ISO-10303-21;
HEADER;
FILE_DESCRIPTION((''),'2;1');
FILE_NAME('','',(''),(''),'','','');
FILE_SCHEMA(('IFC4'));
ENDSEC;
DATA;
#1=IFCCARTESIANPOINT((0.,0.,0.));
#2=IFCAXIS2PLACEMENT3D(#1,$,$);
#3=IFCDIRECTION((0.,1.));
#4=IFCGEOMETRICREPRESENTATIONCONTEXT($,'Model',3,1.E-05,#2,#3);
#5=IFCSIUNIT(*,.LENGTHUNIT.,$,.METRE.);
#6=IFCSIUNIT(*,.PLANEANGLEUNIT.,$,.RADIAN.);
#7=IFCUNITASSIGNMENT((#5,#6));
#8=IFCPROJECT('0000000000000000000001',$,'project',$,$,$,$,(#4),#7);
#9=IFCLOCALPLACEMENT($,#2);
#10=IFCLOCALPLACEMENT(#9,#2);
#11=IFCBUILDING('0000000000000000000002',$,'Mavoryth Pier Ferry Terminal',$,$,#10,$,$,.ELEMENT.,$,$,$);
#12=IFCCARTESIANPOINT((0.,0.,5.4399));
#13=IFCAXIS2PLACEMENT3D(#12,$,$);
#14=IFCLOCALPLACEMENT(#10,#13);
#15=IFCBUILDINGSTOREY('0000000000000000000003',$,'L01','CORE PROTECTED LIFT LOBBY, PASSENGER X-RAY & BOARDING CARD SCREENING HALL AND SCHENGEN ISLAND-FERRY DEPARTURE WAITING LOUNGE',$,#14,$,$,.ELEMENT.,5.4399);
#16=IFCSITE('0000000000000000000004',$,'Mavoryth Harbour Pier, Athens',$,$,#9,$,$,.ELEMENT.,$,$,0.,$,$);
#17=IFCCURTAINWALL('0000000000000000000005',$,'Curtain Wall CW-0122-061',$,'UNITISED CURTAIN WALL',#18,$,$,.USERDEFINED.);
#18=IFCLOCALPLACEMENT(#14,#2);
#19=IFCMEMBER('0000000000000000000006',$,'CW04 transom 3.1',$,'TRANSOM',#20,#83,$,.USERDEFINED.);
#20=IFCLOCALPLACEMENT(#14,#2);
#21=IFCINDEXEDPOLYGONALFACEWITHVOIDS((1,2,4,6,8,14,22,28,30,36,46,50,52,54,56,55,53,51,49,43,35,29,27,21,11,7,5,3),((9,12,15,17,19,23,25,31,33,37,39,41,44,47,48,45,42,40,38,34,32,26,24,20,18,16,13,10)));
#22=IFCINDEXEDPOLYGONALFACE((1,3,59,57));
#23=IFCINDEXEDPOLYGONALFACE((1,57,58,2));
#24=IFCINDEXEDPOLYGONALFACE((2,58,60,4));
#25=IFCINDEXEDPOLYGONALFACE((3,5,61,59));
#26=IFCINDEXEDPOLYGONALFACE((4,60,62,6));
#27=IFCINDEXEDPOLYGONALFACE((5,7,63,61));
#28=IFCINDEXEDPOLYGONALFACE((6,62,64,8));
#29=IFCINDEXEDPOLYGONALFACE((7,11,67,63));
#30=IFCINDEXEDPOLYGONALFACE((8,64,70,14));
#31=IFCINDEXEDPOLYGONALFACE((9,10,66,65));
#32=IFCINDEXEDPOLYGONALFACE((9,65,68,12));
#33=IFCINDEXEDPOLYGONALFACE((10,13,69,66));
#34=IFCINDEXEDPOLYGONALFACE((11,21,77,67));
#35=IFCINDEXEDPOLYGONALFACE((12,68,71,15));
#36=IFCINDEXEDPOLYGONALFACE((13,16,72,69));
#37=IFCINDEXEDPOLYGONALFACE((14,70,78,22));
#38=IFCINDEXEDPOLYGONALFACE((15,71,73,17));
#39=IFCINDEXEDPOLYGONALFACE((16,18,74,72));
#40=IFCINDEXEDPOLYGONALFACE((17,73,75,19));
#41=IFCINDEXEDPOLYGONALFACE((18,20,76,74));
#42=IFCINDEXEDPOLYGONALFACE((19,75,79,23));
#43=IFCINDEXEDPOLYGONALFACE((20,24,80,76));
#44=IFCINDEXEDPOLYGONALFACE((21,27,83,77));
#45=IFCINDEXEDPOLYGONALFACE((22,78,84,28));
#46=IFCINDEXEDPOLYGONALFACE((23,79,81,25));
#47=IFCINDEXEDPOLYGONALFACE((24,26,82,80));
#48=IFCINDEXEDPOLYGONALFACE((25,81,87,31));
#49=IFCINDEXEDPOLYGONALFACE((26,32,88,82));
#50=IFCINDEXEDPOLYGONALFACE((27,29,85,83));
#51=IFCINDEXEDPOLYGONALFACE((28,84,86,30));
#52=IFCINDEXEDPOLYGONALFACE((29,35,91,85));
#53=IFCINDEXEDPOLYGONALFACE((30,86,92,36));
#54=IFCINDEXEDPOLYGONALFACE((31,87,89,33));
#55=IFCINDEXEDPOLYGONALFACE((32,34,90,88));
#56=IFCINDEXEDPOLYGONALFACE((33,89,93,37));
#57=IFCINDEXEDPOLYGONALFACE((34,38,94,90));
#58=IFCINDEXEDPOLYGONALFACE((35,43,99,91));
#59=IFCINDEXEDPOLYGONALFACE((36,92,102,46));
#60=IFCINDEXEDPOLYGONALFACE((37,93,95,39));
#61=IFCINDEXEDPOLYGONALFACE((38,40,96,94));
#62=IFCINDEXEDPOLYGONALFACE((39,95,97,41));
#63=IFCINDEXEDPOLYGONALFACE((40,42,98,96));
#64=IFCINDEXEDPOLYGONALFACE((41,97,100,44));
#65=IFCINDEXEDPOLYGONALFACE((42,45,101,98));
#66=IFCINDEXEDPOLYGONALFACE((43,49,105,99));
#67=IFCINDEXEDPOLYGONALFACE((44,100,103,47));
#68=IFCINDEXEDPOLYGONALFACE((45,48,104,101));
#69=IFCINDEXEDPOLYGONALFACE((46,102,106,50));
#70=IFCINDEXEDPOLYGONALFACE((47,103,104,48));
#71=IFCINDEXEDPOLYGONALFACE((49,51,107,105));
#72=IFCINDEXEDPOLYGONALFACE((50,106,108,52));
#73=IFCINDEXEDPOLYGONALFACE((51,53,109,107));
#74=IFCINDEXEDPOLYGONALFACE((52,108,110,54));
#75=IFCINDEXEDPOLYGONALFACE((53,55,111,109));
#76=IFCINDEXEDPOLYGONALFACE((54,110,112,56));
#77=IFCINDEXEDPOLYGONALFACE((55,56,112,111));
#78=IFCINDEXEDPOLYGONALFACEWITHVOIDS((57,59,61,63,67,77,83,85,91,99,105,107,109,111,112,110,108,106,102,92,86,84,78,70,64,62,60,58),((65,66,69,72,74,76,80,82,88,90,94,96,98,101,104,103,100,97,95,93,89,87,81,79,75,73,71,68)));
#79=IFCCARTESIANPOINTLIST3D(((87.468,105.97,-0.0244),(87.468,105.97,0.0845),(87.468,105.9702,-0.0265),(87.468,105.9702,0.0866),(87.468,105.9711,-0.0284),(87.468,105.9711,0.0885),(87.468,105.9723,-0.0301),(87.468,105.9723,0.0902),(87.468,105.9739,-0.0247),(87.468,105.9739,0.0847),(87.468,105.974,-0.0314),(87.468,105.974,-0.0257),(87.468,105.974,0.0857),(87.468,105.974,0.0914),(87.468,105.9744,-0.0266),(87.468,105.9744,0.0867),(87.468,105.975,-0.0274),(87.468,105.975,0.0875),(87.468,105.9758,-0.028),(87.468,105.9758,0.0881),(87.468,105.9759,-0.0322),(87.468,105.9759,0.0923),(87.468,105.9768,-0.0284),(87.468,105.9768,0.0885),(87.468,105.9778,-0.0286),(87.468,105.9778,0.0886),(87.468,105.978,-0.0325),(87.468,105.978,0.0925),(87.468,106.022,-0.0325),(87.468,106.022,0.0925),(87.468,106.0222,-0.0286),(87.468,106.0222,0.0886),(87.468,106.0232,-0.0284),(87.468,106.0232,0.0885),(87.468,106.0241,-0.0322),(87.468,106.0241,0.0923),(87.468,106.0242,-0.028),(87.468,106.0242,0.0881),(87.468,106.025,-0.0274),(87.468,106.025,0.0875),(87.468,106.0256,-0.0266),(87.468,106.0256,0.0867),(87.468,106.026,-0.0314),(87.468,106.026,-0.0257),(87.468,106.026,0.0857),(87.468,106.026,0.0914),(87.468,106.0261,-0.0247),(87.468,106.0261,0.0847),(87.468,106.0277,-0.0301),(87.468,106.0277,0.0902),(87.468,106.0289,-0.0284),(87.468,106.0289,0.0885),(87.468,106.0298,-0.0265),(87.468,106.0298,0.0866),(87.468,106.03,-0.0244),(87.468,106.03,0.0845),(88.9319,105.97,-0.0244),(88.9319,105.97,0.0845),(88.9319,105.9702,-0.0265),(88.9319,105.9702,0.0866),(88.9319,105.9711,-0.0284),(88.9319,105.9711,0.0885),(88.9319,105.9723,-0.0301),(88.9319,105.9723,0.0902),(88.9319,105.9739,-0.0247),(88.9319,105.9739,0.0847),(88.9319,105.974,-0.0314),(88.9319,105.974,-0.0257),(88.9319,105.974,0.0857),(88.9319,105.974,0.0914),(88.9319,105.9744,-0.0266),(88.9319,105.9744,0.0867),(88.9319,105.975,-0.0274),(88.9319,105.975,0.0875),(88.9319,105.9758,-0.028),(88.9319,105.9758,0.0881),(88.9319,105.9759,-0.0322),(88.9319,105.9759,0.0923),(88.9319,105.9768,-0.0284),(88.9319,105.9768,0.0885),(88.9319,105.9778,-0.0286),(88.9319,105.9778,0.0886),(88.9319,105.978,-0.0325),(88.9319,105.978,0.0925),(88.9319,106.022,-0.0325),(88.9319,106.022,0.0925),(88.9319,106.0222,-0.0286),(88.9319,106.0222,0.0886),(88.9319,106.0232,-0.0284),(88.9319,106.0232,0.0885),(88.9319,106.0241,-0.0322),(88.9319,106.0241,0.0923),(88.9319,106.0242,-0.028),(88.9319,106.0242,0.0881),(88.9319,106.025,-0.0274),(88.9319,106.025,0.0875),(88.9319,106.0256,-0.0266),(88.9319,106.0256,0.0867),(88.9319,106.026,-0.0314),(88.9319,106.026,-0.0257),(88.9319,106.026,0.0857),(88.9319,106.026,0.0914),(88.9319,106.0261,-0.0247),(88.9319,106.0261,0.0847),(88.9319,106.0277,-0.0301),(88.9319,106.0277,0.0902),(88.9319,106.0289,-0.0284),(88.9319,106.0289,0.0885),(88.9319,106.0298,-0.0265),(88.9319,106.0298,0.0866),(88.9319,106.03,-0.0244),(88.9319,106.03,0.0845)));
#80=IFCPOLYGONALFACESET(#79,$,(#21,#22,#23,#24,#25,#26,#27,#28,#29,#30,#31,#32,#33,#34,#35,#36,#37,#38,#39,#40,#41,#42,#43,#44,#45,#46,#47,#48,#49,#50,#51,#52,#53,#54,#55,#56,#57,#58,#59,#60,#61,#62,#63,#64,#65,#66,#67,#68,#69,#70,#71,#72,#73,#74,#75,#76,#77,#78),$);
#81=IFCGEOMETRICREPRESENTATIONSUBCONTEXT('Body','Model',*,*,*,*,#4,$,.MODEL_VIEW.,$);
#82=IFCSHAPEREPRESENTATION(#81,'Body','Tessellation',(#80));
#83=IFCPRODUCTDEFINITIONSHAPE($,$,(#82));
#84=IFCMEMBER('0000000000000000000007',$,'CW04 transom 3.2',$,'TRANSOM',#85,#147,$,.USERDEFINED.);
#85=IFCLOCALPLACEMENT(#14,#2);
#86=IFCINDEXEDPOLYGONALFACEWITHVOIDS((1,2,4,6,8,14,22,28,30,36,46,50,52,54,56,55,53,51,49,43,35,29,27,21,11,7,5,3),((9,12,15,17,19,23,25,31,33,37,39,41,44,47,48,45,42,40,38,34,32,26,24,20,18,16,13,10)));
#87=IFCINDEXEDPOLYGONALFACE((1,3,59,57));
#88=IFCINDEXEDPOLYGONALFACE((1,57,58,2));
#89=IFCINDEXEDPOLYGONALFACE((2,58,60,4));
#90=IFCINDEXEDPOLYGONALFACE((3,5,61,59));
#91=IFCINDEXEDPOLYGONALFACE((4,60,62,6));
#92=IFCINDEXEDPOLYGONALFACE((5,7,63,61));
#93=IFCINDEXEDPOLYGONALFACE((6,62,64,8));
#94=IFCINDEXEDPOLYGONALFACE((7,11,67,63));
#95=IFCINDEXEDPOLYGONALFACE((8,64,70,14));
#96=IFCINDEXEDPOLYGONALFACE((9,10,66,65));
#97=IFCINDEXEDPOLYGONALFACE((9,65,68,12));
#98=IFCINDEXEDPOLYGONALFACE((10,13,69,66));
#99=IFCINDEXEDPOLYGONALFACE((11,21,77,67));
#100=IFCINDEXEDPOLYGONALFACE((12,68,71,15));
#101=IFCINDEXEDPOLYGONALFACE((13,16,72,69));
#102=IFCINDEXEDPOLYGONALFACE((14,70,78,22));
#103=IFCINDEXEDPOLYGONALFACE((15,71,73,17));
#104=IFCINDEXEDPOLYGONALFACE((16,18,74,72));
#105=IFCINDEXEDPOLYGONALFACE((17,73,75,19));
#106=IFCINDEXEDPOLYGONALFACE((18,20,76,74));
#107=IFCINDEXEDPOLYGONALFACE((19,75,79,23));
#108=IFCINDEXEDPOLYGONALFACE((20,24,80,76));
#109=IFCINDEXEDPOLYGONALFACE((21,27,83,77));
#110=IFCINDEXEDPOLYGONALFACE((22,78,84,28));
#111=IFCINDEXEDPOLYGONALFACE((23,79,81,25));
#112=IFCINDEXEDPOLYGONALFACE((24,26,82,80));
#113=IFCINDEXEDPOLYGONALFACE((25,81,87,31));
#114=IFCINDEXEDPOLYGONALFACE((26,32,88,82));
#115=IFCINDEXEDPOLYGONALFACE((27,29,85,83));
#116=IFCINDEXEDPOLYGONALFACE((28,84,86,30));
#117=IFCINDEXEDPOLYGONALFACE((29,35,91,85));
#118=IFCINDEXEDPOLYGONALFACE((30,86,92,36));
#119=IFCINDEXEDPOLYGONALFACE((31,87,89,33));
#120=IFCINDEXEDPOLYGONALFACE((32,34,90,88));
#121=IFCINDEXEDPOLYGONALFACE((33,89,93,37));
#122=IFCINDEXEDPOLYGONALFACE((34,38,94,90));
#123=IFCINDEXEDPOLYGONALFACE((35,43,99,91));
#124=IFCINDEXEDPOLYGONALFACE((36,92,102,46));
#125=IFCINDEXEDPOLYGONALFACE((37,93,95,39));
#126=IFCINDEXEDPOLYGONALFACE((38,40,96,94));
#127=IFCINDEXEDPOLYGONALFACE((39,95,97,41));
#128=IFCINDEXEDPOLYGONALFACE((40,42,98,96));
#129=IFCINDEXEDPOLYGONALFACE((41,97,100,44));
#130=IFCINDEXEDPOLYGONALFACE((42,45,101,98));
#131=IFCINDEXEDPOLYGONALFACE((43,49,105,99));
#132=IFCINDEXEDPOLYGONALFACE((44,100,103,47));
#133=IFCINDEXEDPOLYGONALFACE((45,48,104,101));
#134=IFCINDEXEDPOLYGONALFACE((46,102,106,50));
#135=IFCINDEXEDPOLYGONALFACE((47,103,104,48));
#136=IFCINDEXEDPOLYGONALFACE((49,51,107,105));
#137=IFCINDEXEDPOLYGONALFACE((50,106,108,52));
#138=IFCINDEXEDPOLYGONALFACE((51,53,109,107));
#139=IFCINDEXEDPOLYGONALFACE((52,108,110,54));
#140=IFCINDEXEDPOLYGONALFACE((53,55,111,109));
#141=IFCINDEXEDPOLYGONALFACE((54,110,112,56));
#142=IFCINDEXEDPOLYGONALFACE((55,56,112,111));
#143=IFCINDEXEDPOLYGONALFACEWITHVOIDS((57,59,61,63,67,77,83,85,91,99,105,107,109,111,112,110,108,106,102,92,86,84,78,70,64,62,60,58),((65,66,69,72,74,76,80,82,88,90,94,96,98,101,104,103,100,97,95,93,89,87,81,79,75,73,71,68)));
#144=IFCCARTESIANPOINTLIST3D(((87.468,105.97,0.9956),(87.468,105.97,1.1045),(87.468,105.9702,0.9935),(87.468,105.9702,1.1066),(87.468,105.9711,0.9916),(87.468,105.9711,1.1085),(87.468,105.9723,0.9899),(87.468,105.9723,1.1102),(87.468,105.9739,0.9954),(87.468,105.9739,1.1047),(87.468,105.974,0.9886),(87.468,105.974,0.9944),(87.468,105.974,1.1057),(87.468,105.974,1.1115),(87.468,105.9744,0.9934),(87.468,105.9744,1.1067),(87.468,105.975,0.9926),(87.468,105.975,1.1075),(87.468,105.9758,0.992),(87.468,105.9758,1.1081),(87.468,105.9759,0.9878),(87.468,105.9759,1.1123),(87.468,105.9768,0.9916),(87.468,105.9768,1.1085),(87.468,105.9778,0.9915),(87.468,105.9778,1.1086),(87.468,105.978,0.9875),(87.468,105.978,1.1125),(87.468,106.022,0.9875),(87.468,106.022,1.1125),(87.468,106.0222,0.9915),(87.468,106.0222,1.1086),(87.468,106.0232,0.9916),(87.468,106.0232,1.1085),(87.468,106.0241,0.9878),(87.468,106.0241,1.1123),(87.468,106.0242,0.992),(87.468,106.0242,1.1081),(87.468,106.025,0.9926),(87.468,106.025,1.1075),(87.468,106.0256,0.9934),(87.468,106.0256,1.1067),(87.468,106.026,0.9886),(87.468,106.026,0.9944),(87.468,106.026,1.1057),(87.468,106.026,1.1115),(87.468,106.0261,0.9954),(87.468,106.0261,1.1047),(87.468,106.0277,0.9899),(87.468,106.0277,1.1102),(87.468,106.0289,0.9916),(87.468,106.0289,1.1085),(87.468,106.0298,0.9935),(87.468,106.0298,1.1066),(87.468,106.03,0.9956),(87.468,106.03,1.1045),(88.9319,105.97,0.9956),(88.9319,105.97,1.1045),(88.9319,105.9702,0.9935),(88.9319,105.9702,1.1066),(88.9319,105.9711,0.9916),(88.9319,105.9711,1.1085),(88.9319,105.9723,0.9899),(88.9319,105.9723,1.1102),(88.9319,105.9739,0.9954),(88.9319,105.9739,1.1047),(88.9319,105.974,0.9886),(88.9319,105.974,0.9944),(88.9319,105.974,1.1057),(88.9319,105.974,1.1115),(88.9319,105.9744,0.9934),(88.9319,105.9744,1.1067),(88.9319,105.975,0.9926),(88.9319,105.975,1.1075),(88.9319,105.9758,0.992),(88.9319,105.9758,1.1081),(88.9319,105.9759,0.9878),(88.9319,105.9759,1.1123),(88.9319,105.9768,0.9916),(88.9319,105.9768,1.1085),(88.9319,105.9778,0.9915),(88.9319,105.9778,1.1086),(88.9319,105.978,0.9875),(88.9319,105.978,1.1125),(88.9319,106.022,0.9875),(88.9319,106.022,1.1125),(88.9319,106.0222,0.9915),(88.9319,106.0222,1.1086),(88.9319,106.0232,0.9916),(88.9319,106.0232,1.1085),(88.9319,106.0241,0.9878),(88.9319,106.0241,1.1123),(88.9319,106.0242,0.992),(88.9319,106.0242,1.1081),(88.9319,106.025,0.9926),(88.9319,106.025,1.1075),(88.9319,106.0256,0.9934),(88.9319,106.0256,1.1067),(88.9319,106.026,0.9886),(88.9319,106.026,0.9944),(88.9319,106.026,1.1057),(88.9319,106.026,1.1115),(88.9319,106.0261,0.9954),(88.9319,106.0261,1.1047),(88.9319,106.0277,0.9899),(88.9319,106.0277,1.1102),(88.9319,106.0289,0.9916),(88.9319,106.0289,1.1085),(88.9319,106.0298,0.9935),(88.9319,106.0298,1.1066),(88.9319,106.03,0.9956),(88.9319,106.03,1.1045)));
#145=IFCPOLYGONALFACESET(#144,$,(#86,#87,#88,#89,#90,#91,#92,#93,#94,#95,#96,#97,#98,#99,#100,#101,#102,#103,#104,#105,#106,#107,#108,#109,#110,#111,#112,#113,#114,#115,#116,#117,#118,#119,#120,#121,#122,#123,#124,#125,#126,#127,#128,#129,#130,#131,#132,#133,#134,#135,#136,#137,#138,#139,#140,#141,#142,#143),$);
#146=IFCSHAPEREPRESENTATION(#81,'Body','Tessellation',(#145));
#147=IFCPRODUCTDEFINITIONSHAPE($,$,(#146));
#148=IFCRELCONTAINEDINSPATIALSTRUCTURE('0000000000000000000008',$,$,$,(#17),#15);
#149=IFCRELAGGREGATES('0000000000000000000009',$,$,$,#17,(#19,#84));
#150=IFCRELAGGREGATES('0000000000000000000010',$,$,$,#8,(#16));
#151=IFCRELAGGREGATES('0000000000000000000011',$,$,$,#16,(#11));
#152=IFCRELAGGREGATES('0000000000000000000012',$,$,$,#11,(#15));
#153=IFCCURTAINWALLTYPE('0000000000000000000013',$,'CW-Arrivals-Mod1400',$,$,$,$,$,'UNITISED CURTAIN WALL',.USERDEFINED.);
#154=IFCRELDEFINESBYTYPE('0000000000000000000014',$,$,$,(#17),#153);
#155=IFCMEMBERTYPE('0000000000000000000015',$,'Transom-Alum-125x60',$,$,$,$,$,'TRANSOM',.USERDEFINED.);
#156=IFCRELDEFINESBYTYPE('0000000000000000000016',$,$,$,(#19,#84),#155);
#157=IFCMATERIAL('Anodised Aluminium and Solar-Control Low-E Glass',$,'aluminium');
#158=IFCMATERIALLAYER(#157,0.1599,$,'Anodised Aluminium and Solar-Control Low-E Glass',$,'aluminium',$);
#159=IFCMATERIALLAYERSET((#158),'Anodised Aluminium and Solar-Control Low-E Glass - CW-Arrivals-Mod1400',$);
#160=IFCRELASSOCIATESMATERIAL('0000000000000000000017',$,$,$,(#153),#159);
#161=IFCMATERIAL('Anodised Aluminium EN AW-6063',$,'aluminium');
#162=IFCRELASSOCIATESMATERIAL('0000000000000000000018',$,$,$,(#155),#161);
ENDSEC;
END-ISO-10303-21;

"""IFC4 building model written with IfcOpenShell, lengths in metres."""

from ifc_helpers import new_model, si_unit, direction, frame, origin, origin_2d, place, context, subcontext, project, spatial, hollow_rectangle, extrude, material, layer, layer_set, material_profile, profile_set, type_object, element, aggregate, save


model = new_model("IFC4")

# Units and contexts
model_context = context("Model", 3, precision=1e-05, world=origin(), true_north=direction((0.0, 1.0)))
body_context = subcontext(model_context, "Body", "Model", "MODEL_VIEW")
ifc_project = project(units=[si_unit("LENGTHUNIT", "METRE"), si_unit("PLANEANGLEUNIT", "RADIAN")], contexts=[model_context])

# Site, building, storey
site_placement = place(None, origin())
site = spatial("IfcSite", under=ifc_project, at=site_placement, Name="Mavoryth Harbour Pier, Athens", CompositionType="ELEMENT", RefElevation=0.0)
building_placement = place(site_placement, origin())
building = spatial("IfcBuilding", under=site, at=building_placement, Name="Mavoryth Pier Ferry Terminal", CompositionType="ELEMENT")
storey_placement = place(building_placement, frame((0.0, 0.0, 5.4399)))
storey = spatial("IfcBuildingStorey", under=building, at=storey_placement, Name="L01", Description="CORE PROTECTED LIFT LOBBY, PASSENGER X-RAY & BOARDING CARD SCREENING HALL AND SCHENGEN ISLAND-FERRY DEPARTURE WAITING LOUNGE", CompositionType="ELEMENT", Elevation=5.4399)

# Curtain wall, members
ifc_material_1 = material(Name="Anodised Aluminium and Solar-Control Low-E Glass", Category="aluminium")
ifc_layer_1 = layer(ifc_material_1, 0.1599, Name="Anodised Aluminium and Solar-Control Low-E Glass", Category="aluminium")
ifc_layer_set_1 = layer_set([ifc_layer_1], Name="Anodised Aluminium and Solar-Control Low-E Glass - CW-Arrivals-Mod1400")
curtain_wall_type = type_object("IfcCurtainWallType", Name="CW-Arrivals-Mod1400", ElementType="UNITISED CURTAIN WALL", PredefinedType="USERDEFINED", material=ifc_layer_set_1)
curtain_wall_placement = place(storey_placement, origin())
curtain_wall = element("IfcCurtainWall", 1, at=curtain_wall_placement, inside=storey, type_object=curtain_wall_type, Name="Curtain Wall CW-0122-061", ObjectType="UNITISED CURTAIN WALL", PredefinedType="USERDEFINED")
ifc_material_2 = material(Name="Anodised Aluminium EN AW-6063", Category="aluminium")
ifc_material_profile_1 = material_profile(ifc_material_2, hollow_rectangle(XDim=0.0601, YDim=0.125, WallThickness=0.0039, InnerFilletRadius=0.0039, OuterFilletRadius=0.0081, at=origin_2d()), Name="AL-TRAN 125x60x4", Category="aluminium")
ifc_profile_set_1 = profile_set([ifc_material_profile_1], Name="Anodised Aluminium EN AW-6063 - AL-TRAN 125x60x4")
member_type_1 = type_object("IfcMemberType", Name="Transom-Alum-125x60", ElementType="TRANSOM", PredefinedType="USERDEFINED", material=ifc_profile_set_1)
member_1_placement = place(storey_placement, frame((88.9319, 106.0, 0.03), z_axis=(-1.0, 0.0, 0.0), x_axis=(0.0, -1.0, 0.0)))
member_1 = element("IfcMember", 2, at=member_1_placement, type_object=member_type_1, Name="CW04 transom 3.1", ObjectType="TRANSOM", PredefinedType="USERDEFINED", context=body_context, shape_type="SweptSolid", body=[
    extrude(hollow_rectangle(XDim=0.0601, YDim=0.125, WallThickness=0.0039, InnerFilletRadius=0.0039, OuterFilletRadius=0.0081, at=origin_2d()), origin(), (0.0, 0.0, 1.0), 1.4639),
])
member_2_placement = place(storey_placement, frame((88.9319, 106.0, 1.05), z_axis=(-1.0, 0.0, 0.0), x_axis=(0.0, -1.0, 0.0)))
member_2 = element("IfcMember", 3, at=member_2_placement, type_object=member_type_1, Name="CW04 transom 3.2", ObjectType="TRANSOM", PredefinedType="USERDEFINED", context=body_context, shape_type="SweptSolid", body=[
    extrude(hollow_rectangle(XDim=0.0601, YDim=0.125, WallThickness=0.0039, InnerFilletRadius=0.0039, OuterFilletRadius=0.0081, at=origin_2d()), origin(), (0.0, 0.0, 1.0), 1.4639),
])
aggregate(curtain_wall, [member_1, member_2])

save(model, "model.ifc")
